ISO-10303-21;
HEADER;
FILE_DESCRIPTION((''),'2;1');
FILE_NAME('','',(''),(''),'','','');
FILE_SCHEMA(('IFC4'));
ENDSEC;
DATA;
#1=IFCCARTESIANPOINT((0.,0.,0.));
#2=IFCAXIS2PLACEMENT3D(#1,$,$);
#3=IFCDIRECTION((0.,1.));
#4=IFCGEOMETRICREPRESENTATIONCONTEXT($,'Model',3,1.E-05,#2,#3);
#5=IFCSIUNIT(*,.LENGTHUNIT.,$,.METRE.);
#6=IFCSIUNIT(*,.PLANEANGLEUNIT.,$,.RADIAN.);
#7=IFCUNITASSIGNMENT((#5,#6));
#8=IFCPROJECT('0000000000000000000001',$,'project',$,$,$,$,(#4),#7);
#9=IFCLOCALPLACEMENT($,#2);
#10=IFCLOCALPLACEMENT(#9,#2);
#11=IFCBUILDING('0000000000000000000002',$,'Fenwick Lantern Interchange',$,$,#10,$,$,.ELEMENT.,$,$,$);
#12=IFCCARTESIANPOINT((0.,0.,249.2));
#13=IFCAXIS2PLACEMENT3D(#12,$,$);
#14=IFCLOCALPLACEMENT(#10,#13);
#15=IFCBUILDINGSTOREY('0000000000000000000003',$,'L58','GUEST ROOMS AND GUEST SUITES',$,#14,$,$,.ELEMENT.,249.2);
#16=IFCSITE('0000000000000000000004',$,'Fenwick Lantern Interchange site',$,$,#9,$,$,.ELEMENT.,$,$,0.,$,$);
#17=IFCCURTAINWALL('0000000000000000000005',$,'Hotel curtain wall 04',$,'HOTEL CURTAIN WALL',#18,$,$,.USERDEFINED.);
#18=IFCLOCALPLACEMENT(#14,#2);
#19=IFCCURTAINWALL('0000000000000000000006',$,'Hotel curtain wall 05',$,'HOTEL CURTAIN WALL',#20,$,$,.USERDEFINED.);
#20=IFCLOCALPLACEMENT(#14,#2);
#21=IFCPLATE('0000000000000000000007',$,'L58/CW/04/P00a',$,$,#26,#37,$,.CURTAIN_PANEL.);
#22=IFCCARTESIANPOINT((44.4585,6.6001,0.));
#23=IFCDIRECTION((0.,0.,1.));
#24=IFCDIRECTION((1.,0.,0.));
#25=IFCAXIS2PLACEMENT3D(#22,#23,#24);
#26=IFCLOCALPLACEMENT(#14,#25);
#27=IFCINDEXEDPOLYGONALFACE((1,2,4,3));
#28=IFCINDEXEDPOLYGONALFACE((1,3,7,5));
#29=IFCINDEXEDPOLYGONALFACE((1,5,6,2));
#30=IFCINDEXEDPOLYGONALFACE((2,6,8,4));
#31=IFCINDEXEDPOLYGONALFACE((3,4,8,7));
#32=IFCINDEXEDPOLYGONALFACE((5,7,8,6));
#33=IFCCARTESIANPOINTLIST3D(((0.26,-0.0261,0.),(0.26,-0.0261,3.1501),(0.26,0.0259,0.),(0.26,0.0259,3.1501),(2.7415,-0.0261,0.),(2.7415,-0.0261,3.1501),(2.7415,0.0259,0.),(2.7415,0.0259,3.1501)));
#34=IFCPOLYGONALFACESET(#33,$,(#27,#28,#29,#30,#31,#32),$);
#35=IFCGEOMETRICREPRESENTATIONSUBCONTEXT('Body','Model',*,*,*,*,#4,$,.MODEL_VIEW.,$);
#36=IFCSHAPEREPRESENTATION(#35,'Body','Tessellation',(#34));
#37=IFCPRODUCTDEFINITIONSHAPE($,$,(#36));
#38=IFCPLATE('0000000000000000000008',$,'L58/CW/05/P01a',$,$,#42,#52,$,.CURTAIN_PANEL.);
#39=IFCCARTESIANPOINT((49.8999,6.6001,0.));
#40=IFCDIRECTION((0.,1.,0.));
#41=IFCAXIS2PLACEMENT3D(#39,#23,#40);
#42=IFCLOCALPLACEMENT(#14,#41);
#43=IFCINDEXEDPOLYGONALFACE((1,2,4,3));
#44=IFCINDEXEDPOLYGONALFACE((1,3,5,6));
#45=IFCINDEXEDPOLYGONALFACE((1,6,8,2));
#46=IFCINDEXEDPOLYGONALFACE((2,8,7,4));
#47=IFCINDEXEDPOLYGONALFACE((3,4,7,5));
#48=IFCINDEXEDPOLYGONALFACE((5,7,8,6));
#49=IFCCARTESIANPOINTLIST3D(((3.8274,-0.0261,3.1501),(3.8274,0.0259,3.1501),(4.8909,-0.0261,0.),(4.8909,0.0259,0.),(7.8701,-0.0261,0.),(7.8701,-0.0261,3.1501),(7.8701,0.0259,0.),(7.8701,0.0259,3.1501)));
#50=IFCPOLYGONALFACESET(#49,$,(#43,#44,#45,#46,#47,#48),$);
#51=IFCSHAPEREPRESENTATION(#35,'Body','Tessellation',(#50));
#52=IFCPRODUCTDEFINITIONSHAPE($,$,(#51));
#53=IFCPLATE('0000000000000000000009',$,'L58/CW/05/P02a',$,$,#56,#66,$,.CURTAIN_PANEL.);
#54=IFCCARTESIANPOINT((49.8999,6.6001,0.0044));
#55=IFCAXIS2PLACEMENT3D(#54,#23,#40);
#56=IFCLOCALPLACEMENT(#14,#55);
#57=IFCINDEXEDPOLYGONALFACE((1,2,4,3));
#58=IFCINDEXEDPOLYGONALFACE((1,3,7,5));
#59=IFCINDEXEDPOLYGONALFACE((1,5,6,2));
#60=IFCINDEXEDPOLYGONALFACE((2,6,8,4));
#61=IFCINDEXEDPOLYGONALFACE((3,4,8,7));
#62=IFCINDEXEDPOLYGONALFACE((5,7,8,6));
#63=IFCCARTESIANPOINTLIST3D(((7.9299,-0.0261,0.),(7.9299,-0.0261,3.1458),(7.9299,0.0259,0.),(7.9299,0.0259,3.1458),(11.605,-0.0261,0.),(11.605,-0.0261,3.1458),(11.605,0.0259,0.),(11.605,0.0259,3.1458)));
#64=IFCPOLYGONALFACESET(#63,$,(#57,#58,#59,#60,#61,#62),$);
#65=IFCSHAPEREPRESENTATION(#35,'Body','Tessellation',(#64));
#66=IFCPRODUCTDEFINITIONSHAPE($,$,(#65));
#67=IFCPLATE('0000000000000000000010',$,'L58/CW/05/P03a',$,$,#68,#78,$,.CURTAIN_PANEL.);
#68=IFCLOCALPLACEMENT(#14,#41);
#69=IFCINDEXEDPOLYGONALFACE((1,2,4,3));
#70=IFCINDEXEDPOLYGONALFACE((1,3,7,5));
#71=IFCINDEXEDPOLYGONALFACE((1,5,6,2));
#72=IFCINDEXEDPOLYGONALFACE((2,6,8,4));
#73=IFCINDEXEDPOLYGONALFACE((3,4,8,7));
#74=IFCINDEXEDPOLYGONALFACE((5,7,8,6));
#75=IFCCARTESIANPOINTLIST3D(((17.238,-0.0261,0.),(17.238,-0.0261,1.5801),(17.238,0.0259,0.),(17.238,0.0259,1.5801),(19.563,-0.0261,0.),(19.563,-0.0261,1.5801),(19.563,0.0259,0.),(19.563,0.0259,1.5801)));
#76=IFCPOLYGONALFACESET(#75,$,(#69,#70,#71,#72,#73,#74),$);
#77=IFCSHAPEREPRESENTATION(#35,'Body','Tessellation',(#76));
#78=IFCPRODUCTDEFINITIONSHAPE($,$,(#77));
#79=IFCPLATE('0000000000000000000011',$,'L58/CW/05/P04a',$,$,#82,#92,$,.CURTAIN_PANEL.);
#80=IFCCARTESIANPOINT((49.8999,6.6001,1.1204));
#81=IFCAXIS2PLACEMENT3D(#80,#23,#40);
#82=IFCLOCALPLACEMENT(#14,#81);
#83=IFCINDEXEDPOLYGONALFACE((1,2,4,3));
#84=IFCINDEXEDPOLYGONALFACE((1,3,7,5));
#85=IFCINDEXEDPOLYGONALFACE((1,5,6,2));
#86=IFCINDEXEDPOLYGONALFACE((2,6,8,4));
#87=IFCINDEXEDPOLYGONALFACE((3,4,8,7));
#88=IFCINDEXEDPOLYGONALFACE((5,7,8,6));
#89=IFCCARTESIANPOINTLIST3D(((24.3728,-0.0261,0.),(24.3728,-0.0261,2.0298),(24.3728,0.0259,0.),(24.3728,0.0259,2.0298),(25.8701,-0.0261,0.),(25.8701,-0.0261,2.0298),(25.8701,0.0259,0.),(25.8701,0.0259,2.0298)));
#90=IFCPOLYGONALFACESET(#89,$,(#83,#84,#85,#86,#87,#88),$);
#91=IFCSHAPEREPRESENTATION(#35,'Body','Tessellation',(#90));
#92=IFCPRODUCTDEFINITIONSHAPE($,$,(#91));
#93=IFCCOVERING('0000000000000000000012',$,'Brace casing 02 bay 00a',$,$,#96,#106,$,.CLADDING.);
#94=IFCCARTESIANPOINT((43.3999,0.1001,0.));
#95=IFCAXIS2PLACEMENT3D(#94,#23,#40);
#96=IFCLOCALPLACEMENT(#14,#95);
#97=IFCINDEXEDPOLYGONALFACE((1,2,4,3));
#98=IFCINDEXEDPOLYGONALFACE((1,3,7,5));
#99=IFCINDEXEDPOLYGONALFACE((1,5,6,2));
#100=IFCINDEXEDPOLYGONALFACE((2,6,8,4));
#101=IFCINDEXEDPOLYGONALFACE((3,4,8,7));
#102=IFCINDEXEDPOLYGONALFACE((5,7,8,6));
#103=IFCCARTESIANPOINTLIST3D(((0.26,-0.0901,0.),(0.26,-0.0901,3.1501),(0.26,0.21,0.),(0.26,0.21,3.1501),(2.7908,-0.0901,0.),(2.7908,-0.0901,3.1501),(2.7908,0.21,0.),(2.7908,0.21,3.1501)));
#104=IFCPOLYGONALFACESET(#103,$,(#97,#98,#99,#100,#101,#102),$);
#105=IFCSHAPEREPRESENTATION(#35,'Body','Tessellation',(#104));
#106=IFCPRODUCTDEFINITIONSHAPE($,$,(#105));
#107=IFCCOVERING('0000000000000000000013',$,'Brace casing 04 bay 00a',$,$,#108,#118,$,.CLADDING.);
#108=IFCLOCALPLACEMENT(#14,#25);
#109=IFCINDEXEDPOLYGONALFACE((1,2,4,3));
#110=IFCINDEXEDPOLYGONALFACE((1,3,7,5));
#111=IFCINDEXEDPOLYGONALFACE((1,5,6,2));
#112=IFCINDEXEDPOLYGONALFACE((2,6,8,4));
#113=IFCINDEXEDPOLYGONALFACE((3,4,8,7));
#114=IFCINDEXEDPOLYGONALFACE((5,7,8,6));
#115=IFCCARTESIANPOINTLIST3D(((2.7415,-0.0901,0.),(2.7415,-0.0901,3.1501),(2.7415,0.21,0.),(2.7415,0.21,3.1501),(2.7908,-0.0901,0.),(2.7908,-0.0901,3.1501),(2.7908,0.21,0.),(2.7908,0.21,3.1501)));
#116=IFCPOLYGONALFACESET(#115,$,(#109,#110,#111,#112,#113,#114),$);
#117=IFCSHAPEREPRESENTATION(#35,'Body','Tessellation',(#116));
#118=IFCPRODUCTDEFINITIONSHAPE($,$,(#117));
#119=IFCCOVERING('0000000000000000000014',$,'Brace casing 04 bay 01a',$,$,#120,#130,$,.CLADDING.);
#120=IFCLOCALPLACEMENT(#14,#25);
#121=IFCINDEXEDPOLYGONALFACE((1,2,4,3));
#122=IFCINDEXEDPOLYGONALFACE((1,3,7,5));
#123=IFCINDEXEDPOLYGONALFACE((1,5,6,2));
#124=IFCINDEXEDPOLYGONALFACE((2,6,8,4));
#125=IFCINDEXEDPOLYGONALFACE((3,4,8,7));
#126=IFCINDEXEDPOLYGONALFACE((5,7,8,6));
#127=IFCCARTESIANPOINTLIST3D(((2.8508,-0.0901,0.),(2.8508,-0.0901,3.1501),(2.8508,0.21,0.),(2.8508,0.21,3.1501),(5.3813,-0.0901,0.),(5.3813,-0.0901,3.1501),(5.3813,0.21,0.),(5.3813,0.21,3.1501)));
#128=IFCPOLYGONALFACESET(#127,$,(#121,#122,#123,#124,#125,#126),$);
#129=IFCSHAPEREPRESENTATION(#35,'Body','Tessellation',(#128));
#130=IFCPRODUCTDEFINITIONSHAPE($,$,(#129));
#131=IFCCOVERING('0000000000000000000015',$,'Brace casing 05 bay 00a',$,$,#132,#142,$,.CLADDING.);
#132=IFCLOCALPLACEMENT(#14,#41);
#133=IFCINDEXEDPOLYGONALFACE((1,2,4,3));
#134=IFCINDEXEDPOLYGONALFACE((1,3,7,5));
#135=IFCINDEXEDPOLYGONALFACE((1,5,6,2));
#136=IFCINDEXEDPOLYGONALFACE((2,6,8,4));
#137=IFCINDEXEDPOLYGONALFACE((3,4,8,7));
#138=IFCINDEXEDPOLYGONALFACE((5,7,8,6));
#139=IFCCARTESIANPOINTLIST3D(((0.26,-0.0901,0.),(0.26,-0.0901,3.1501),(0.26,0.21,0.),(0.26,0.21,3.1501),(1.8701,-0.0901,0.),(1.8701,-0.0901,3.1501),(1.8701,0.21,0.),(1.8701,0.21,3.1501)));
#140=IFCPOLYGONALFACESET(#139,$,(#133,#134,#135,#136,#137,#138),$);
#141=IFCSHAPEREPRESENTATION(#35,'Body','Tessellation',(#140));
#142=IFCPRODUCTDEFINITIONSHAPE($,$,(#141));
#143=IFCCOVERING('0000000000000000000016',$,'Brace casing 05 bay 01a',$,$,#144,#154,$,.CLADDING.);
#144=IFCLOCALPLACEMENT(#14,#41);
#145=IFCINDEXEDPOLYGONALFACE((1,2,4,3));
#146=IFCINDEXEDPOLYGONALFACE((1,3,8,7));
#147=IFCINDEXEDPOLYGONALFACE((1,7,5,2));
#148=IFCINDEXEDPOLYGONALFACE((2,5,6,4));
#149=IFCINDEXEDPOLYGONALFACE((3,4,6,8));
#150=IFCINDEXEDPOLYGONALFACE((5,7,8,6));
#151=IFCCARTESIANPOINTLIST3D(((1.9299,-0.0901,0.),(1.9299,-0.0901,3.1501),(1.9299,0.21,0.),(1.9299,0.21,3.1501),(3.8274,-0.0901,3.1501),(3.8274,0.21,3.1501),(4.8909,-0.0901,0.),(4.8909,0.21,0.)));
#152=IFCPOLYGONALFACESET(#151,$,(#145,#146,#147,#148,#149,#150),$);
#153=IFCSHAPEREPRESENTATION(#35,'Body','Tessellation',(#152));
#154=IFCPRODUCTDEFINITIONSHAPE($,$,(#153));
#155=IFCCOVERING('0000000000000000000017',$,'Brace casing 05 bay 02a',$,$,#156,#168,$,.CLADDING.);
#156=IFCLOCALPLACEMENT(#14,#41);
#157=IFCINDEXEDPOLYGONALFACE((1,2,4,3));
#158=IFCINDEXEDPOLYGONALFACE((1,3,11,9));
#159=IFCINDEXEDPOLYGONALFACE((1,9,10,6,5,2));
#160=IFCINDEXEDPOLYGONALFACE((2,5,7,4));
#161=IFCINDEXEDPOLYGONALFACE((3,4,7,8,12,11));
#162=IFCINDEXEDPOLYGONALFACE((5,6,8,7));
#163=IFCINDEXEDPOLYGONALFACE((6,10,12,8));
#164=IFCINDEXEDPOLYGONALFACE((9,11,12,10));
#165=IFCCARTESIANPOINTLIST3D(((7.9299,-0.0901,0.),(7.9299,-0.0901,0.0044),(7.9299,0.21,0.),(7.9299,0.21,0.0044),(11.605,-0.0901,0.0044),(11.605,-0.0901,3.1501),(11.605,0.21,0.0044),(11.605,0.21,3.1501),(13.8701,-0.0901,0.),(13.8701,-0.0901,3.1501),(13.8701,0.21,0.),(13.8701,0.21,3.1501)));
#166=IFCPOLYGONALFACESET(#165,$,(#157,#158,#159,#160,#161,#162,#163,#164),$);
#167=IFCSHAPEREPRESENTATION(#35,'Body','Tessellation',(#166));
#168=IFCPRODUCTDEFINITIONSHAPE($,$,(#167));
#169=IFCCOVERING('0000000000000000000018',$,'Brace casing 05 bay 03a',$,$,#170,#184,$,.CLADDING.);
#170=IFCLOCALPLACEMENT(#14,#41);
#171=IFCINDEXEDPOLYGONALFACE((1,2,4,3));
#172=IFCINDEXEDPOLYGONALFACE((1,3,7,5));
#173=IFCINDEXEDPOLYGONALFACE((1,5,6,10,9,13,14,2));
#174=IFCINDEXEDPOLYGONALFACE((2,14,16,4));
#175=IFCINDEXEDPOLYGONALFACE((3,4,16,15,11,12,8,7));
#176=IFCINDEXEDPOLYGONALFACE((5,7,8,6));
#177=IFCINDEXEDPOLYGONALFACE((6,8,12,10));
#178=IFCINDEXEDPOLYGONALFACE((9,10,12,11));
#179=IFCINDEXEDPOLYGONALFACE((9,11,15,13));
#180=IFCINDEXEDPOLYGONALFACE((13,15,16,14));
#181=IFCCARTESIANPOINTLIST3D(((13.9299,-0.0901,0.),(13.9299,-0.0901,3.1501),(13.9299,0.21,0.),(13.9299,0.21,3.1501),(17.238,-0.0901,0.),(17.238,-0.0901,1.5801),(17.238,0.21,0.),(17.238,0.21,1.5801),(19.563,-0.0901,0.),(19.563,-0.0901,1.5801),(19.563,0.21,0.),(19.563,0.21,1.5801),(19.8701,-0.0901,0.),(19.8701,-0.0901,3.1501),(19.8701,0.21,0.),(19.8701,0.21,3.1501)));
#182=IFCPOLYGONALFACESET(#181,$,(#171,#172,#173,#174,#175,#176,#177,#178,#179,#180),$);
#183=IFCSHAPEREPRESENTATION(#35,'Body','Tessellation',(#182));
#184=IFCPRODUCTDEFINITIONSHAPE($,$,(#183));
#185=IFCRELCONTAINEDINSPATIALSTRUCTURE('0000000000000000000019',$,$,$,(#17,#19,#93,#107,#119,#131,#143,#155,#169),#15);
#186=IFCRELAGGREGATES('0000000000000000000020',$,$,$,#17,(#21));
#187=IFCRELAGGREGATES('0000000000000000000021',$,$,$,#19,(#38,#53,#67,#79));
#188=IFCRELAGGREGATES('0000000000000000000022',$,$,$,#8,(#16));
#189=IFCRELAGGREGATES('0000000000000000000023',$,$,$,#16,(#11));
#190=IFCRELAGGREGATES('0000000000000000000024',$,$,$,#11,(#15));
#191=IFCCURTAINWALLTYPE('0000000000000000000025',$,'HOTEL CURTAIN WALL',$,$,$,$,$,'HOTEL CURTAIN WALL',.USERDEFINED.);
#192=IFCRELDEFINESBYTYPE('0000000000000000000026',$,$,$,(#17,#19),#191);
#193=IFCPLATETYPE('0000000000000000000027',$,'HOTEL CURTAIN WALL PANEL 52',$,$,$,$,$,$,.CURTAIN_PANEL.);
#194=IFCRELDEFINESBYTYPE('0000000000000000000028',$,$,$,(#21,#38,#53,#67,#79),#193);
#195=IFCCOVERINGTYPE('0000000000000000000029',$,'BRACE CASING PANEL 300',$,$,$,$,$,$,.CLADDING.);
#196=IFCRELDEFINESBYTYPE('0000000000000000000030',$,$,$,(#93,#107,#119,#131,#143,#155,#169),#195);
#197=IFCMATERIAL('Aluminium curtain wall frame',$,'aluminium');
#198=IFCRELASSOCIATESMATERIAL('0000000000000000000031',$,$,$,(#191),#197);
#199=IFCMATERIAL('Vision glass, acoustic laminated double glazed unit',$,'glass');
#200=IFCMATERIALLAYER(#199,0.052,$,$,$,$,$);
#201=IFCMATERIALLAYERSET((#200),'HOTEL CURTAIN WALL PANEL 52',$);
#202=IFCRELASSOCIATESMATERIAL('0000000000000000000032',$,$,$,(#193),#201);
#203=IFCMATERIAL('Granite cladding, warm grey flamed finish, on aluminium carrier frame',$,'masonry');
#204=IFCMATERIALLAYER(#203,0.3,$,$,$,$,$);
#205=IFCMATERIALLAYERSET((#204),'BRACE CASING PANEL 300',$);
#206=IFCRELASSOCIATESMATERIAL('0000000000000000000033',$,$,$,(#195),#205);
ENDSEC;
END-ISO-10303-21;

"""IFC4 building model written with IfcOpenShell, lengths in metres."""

from ifc_helpers import new_model, si_unit, direction, frame, origin, place, context, subcontext, project, spatial, polyline, outline, extrude, material, layer, layer_set, type_object, element, aggregate, save


model = new_model("IFC4")

# Units and contexts
model_context = context("Model", 3, precision=1e-05, world=origin(), true_north=direction((0.0, 1.0)))
body_context = subcontext(model_context, "Body", "Model", "MODEL_VIEW")
ifc_project = project(units=[si_unit("LENGTHUNIT", "METRE"), si_unit("PLANEANGLEUNIT", "RADIAN")], contexts=[model_context])

# Site, building, storey
site_placement = place(None, origin())
site = spatial("IfcSite", under=ifc_project, at=site_placement, Name="Fenwick Lantern Interchange site", CompositionType="ELEMENT", RefElevation=0.0)
building_placement = place(site_placement, origin())
building = spatial("IfcBuilding", under=site, at=building_placement, Name="Fenwick Lantern Interchange", CompositionType="ELEMENT")
storey_placement = place(building_placement, frame((0.0, 0.0, 249.2)))
storey = spatial("IfcBuildingStorey", under=building, at=storey_placement, Name="L58", Description="GUEST ROOMS AND GUEST SUITES", CompositionType="ELEMENT", Elevation=249.2)

# Shared definitions
ifc_material_1 = material(Name="Aluminium curtain wall frame", Category="aluminium")
curtain_wall_type = type_object("IfcCurtainWallType", Name="HOTEL CURTAIN WALL", ElementType="HOTEL CURTAIN WALL", PredefinedType="USERDEFINED", material=ifc_material_1)

# Curtain wall
curtain_wall_1_placement = place(storey_placement, origin())
curtain_wall_1 = element("IfcCurtainWall", 1, at=curtain_wall_1_placement, inside=storey, type_object=curtain_wall_type, Name="Hotel curtain wall 04", ObjectType="HOTEL CURTAIN WALL", PredefinedType="USERDEFINED")

# Curtain wall
curtain_wall_2_placement = place(storey_placement, origin())
curtain_wall_2 = element("IfcCurtainWall", 2, at=curtain_wall_2_placement, inside=storey, type_object=curtain_wall_type, Name="Hotel curtain wall 05", ObjectType="HOTEL CURTAIN WALL", PredefinedType="USERDEFINED")

# Plates
ifc_material_2 = material(Name="Vision glass, acoustic laminated double glazed unit", Category="glass")
ifc_layer_1 = layer(ifc_material_2, 0.052)
ifc_layer_set_1 = layer_set([ifc_layer_1], Name="HOTEL CURTAIN WALL PANEL 52")
plate_type = type_object("IfcPlateType", Name="HOTEL CURTAIN WALL PANEL 52", PredefinedType="CURTAIN_PANEL", material=ifc_layer_set_1)
plate_1_placement = place(storey_placement, frame((44.4585, 6.6001, 0.0), z_axis=(0.0, 0.0, 1.0), x_axis=(1.0, 0.0, 0.0)))
plate_1 = element("IfcPlate", 3, at=plate_1_placement, type_object=plate_type, Name="L58/CW/04/P00a", PredefinedType="CURTAIN_PANEL", context=body_context, shape_type="SweptSolid", body=[
    extrude(outline(polyline([(0.26, 0.0), (2.7415, 0.0), (2.7415, 3.1501), (0.26, 3.1501), (0.26, 0.0)])), frame((0.0, 0.0259, 0.0), z_axis=(0.0, -1.0, 0.0), x_axis=(1.0, 0.0, 0.0)), (0.0, 0.0, 1.0), 0.052),
])
aggregate(curtain_wall_1, [plate_1])
plate_2_placement = place(storey_placement, frame((49.8999, 6.6001, 0.0), z_axis=(0.0, 0.0, 1.0), x_axis=(0.0, 1.0, 0.0)))
plate_2 = element("IfcPlate", 4, at=plate_2_placement, type_object=plate_type, Name="L58/CW/05/P01a", PredefinedType="CURTAIN_PANEL", context=body_context, shape_type="SweptSolid", body=[
    extrude(outline(polyline([(4.8909, 0.0), (7.8701, 0.0), (7.8701, 3.1501), (3.8274, 3.1501), (4.8909, 0.0)])), frame((0.0, 0.0259, 0.0), z_axis=(0.0, -1.0, 0.0), x_axis=(1.0, 0.0, 0.0)), (0.0, 0.0, 1.0), 0.052),
])
plate_3_placement = place(storey_placement, frame((49.8999, 6.6001, 0.0044), z_axis=(0.0, 0.0, 1.0), x_axis=(0.0, 1.0, 0.0)))
plate_3 = element("IfcPlate", 5, at=plate_3_placement, type_object=plate_type, Name="L58/CW/05/P02a", PredefinedType="CURTAIN_PANEL", context=body_context, shape_type="SweptSolid", body=[
    extrude(outline(polyline([(7.9299, 0.0), (11.605, 0.0), (11.605, 3.1458), (7.9299, 3.1458), (7.9299, 0.0)])), frame((0.0, 0.0259, 0.0), z_axis=(0.0, -1.0, 0.0), x_axis=(1.0, 0.0, 0.0)), (0.0, 0.0, 1.0), 0.052),
])
plate_4_placement = place(storey_placement, frame((49.8999, 6.6001, 0.0), z_axis=(0.0, 0.0, 1.0), x_axis=(0.0, 1.0, 0.0)))
plate_4 = element("IfcPlate", 6, at=plate_4_placement, type_object=plate_type, Name="L58/CW/05/P03a", PredefinedType="CURTAIN_PANEL", context=body_context, shape_type="SweptSolid", body=[
    extrude(outline(polyline([(17.238, 0.0), (19.563, 0.0), (19.563, 1.5801), (17.238, 1.5801), (17.238, 0.0)])), frame((0.0, 0.0259, 0.0), z_axis=(0.0, -1.0, 0.0), x_axis=(1.0, 0.0, 0.0)), (0.0, 0.0, 1.0), 0.052),
])
plate_5_placement = place(storey_placement, frame((49.8999, 6.6001, 1.1204), z_axis=(0.0, 0.0, 1.0), x_axis=(0.0, 1.0, 0.0)))
plate_5 = element("IfcPlate", 7, at=plate_5_placement, type_object=plate_type, Name="L58/CW/05/P04a", PredefinedType="CURTAIN_PANEL", context=body_context, shape_type="SweptSolid", body=[
    extrude(outline(polyline([(24.3728, 0.0), (25.8701, 0.0), (25.8701, 2.0298), (24.3728, 2.0298), (24.3728, 0.0)])), frame((0.0, 0.0259, 0.0), z_axis=(0.0, -1.0, 0.0), x_axis=(1.0, 0.0, 0.0)), (0.0, 0.0, 1.0), 0.052),
])
aggregate(curtain_wall_2, [plate_2, plate_3, plate_4, plate_5])

# Coverings
ifc_material_3 = material(Name="Granite cladding, warm grey flamed finish, on aluminium carrier frame", Category="masonry")
ifc_layer_2 = layer(ifc_material_3, 0.3)
ifc_layer_set_2 = layer_set([ifc_layer_2], Name="BRACE CASING PANEL 300")
covering_type = type_object("IfcCoveringType", Name="BRACE CASING PANEL 300", PredefinedType="CLADDING", material=ifc_layer_set_2)
covering_1_placement = place(storey_placement, frame((43.3999, 0.1001, 0.0), z_axis=(0.0, 0.0, 1.0), x_axis=(0.0, 1.0, 0.0)))
element("IfcCovering", 8, at=covering_1_placement, inside=storey, type_object=covering_type, Name="Brace casing 02 bay 00a", PredefinedType="CLADDING", context=body_context, shape_type="SweptSolid", body=[
    extrude(outline(polyline([(0.26, 0.0), (2.7908, 0.0), (2.7908, 3.1501), (0.26, 3.1501), (0.26, 0.0)])), frame((0.0, 0.21, 0.0), z_axis=(0.0, -1.0, 0.0), x_axis=(1.0, 0.0, 0.0)), (0.0, 0.0, 1.0), 0.3),
])
covering_2_placement = place(storey_placement, frame((44.4585, 6.6001, 0.0), z_axis=(0.0, 0.0, 1.0), x_axis=(1.0, 0.0, 0.0)))
element("IfcCovering", 9, at=covering_2_placement, inside=storey, type_object=covering_type, Name="Brace casing 04 bay 00a", PredefinedType="CLADDING", context=body_context, shape_type="SweptSolid", body=[
    extrude(outline(polyline([(2.7415, 0.0), (2.7908, 0.0), (2.7908, 3.1501), (2.7415, 3.1501), (2.7415, 0.0)])), frame((0.0, 0.21, 0.0), z_axis=(0.0, -1.0, 0.0), x_axis=(1.0, 0.0, 0.0)), (0.0, 0.0, 1.0), 0.3),
])
covering_3_placement = place(storey_placement, frame((44.4585, 6.6001, 0.0), z_axis=(0.0, 0.0, 1.0), x_axis=(1.0, 0.0, 0.0)))
element("IfcCovering", 10, at=covering_3_placement, inside=storey, type_object=covering_type, Name="Brace casing 04 bay 01a", PredefinedType="CLADDING", context=body_context, shape_type="SweptSolid", body=[
    extrude(outline(polyline([(2.8508, 0.0), (5.3813, 0.0), (5.3813, 3.1501), (2.8508, 3.1501), (2.8508, 0.0)])), frame((0.0, 0.21, 0.0), z_axis=(0.0, -1.0, 0.0), x_axis=(1.0, 0.0, 0.0)), (0.0, 0.0, 1.0), 0.3),
])
covering_4_placement = place(storey_placement, frame((49.8999, 6.6001, 0.0), z_axis=(0.0, 0.0, 1.0), x_axis=(0.0, 1.0, 0.0)))
element("IfcCovering", 11, at=covering_4_placement, inside=storey, type_object=covering_type, Name="Brace casing 05 bay 00a", PredefinedType="CLADDING", context=body_context, shape_type="SweptSolid", body=[
    extrude(outline(polyline([(0.26, 0.0), (1.8701, 0.0), (1.8701, 3.1501), (0.26, 3.1501), (0.26, 0.0)])), frame((0.0, 0.21, 0.0), z_axis=(0.0, -1.0, 0.0), x_axis=(1.0, 0.0, 0.0)), (0.0, 0.0, 1.0), 0.3),
])
covering_5_placement = place(storey_placement, frame((49.8999, 6.6001, 0.0), z_axis=(0.0, 0.0, 1.0), x_axis=(0.0, 1.0, 0.0)))
element("IfcCovering", 12, at=covering_5_placement, inside=storey, type_object=covering_type, Name="Brace casing 05 bay 01a", PredefinedType="CLADDING", context=body_context, shape_type="SweptSolid", body=[
    extrude(outline(polyline([(1.9299, 0.0), (4.8909, 0.0), (3.8274, 3.1501), (1.9299, 3.1501), (1.9299, 0.0)])), frame((0.0, 0.21, 0.0), z_axis=(0.0, -1.0, 0.0), x_axis=(1.0, 0.0, 0.0)), (0.0, 0.0, 1.0), 0.3),
])
covering_6_placement = place(storey_placement, frame((49.8999, 6.6001, 0.0), z_axis=(0.0, 0.0, 1.0), x_axis=(0.0, 1.0, 0.0)))
element("IfcCovering", 13, at=covering_6_placement, inside=storey, type_object=covering_type, Name="Brace casing 05 bay 02a", PredefinedType="CLADDING", context=body_context, shape_type="SweptSolid", body=[
    extrude(outline(polyline([(7.9299, 0.0), (13.8701, 0.0), (13.8701, 3.1501), (11.605, 3.1501), (11.605, 0.0044), (7.9299, 0.0044), (7.9299, 0.0)])), frame((0.0, 0.21, 0.0), z_axis=(0.0, -1.0, 0.0), x_axis=(1.0, 0.0, 0.0)), (0.0, 0.0, 1.0), 0.3),
])
covering_7_placement = place(storey_placement, frame((49.8999, 6.6001, 0.0), z_axis=(0.0, 0.0, 1.0), x_axis=(0.0, 1.0, 0.0)))
element("IfcCovering", 14, at=covering_7_placement, inside=storey, type_object=covering_type, Name="Brace casing 05 bay 03a", PredefinedType="CLADDING", context=body_context, shape_type="SweptSolid", body=[
    extrude(outline(polyline([(13.9299, 0.0), (17.238, 0.0), (17.238, 1.5801), (19.563, 1.5801), (19.563, 0.0), (19.8701, 0.0), (19.8701, 3.1501), (13.9299, 3.1501), (13.9299, 0.0)])), frame((0.0, 0.21, 0.0), z_axis=(0.0, -1.0, 0.0), x_axis=(1.0, 0.0, 0.0)), (0.0, 0.0, 1.0), 0.3),
])

save(model, "model.ifc")
